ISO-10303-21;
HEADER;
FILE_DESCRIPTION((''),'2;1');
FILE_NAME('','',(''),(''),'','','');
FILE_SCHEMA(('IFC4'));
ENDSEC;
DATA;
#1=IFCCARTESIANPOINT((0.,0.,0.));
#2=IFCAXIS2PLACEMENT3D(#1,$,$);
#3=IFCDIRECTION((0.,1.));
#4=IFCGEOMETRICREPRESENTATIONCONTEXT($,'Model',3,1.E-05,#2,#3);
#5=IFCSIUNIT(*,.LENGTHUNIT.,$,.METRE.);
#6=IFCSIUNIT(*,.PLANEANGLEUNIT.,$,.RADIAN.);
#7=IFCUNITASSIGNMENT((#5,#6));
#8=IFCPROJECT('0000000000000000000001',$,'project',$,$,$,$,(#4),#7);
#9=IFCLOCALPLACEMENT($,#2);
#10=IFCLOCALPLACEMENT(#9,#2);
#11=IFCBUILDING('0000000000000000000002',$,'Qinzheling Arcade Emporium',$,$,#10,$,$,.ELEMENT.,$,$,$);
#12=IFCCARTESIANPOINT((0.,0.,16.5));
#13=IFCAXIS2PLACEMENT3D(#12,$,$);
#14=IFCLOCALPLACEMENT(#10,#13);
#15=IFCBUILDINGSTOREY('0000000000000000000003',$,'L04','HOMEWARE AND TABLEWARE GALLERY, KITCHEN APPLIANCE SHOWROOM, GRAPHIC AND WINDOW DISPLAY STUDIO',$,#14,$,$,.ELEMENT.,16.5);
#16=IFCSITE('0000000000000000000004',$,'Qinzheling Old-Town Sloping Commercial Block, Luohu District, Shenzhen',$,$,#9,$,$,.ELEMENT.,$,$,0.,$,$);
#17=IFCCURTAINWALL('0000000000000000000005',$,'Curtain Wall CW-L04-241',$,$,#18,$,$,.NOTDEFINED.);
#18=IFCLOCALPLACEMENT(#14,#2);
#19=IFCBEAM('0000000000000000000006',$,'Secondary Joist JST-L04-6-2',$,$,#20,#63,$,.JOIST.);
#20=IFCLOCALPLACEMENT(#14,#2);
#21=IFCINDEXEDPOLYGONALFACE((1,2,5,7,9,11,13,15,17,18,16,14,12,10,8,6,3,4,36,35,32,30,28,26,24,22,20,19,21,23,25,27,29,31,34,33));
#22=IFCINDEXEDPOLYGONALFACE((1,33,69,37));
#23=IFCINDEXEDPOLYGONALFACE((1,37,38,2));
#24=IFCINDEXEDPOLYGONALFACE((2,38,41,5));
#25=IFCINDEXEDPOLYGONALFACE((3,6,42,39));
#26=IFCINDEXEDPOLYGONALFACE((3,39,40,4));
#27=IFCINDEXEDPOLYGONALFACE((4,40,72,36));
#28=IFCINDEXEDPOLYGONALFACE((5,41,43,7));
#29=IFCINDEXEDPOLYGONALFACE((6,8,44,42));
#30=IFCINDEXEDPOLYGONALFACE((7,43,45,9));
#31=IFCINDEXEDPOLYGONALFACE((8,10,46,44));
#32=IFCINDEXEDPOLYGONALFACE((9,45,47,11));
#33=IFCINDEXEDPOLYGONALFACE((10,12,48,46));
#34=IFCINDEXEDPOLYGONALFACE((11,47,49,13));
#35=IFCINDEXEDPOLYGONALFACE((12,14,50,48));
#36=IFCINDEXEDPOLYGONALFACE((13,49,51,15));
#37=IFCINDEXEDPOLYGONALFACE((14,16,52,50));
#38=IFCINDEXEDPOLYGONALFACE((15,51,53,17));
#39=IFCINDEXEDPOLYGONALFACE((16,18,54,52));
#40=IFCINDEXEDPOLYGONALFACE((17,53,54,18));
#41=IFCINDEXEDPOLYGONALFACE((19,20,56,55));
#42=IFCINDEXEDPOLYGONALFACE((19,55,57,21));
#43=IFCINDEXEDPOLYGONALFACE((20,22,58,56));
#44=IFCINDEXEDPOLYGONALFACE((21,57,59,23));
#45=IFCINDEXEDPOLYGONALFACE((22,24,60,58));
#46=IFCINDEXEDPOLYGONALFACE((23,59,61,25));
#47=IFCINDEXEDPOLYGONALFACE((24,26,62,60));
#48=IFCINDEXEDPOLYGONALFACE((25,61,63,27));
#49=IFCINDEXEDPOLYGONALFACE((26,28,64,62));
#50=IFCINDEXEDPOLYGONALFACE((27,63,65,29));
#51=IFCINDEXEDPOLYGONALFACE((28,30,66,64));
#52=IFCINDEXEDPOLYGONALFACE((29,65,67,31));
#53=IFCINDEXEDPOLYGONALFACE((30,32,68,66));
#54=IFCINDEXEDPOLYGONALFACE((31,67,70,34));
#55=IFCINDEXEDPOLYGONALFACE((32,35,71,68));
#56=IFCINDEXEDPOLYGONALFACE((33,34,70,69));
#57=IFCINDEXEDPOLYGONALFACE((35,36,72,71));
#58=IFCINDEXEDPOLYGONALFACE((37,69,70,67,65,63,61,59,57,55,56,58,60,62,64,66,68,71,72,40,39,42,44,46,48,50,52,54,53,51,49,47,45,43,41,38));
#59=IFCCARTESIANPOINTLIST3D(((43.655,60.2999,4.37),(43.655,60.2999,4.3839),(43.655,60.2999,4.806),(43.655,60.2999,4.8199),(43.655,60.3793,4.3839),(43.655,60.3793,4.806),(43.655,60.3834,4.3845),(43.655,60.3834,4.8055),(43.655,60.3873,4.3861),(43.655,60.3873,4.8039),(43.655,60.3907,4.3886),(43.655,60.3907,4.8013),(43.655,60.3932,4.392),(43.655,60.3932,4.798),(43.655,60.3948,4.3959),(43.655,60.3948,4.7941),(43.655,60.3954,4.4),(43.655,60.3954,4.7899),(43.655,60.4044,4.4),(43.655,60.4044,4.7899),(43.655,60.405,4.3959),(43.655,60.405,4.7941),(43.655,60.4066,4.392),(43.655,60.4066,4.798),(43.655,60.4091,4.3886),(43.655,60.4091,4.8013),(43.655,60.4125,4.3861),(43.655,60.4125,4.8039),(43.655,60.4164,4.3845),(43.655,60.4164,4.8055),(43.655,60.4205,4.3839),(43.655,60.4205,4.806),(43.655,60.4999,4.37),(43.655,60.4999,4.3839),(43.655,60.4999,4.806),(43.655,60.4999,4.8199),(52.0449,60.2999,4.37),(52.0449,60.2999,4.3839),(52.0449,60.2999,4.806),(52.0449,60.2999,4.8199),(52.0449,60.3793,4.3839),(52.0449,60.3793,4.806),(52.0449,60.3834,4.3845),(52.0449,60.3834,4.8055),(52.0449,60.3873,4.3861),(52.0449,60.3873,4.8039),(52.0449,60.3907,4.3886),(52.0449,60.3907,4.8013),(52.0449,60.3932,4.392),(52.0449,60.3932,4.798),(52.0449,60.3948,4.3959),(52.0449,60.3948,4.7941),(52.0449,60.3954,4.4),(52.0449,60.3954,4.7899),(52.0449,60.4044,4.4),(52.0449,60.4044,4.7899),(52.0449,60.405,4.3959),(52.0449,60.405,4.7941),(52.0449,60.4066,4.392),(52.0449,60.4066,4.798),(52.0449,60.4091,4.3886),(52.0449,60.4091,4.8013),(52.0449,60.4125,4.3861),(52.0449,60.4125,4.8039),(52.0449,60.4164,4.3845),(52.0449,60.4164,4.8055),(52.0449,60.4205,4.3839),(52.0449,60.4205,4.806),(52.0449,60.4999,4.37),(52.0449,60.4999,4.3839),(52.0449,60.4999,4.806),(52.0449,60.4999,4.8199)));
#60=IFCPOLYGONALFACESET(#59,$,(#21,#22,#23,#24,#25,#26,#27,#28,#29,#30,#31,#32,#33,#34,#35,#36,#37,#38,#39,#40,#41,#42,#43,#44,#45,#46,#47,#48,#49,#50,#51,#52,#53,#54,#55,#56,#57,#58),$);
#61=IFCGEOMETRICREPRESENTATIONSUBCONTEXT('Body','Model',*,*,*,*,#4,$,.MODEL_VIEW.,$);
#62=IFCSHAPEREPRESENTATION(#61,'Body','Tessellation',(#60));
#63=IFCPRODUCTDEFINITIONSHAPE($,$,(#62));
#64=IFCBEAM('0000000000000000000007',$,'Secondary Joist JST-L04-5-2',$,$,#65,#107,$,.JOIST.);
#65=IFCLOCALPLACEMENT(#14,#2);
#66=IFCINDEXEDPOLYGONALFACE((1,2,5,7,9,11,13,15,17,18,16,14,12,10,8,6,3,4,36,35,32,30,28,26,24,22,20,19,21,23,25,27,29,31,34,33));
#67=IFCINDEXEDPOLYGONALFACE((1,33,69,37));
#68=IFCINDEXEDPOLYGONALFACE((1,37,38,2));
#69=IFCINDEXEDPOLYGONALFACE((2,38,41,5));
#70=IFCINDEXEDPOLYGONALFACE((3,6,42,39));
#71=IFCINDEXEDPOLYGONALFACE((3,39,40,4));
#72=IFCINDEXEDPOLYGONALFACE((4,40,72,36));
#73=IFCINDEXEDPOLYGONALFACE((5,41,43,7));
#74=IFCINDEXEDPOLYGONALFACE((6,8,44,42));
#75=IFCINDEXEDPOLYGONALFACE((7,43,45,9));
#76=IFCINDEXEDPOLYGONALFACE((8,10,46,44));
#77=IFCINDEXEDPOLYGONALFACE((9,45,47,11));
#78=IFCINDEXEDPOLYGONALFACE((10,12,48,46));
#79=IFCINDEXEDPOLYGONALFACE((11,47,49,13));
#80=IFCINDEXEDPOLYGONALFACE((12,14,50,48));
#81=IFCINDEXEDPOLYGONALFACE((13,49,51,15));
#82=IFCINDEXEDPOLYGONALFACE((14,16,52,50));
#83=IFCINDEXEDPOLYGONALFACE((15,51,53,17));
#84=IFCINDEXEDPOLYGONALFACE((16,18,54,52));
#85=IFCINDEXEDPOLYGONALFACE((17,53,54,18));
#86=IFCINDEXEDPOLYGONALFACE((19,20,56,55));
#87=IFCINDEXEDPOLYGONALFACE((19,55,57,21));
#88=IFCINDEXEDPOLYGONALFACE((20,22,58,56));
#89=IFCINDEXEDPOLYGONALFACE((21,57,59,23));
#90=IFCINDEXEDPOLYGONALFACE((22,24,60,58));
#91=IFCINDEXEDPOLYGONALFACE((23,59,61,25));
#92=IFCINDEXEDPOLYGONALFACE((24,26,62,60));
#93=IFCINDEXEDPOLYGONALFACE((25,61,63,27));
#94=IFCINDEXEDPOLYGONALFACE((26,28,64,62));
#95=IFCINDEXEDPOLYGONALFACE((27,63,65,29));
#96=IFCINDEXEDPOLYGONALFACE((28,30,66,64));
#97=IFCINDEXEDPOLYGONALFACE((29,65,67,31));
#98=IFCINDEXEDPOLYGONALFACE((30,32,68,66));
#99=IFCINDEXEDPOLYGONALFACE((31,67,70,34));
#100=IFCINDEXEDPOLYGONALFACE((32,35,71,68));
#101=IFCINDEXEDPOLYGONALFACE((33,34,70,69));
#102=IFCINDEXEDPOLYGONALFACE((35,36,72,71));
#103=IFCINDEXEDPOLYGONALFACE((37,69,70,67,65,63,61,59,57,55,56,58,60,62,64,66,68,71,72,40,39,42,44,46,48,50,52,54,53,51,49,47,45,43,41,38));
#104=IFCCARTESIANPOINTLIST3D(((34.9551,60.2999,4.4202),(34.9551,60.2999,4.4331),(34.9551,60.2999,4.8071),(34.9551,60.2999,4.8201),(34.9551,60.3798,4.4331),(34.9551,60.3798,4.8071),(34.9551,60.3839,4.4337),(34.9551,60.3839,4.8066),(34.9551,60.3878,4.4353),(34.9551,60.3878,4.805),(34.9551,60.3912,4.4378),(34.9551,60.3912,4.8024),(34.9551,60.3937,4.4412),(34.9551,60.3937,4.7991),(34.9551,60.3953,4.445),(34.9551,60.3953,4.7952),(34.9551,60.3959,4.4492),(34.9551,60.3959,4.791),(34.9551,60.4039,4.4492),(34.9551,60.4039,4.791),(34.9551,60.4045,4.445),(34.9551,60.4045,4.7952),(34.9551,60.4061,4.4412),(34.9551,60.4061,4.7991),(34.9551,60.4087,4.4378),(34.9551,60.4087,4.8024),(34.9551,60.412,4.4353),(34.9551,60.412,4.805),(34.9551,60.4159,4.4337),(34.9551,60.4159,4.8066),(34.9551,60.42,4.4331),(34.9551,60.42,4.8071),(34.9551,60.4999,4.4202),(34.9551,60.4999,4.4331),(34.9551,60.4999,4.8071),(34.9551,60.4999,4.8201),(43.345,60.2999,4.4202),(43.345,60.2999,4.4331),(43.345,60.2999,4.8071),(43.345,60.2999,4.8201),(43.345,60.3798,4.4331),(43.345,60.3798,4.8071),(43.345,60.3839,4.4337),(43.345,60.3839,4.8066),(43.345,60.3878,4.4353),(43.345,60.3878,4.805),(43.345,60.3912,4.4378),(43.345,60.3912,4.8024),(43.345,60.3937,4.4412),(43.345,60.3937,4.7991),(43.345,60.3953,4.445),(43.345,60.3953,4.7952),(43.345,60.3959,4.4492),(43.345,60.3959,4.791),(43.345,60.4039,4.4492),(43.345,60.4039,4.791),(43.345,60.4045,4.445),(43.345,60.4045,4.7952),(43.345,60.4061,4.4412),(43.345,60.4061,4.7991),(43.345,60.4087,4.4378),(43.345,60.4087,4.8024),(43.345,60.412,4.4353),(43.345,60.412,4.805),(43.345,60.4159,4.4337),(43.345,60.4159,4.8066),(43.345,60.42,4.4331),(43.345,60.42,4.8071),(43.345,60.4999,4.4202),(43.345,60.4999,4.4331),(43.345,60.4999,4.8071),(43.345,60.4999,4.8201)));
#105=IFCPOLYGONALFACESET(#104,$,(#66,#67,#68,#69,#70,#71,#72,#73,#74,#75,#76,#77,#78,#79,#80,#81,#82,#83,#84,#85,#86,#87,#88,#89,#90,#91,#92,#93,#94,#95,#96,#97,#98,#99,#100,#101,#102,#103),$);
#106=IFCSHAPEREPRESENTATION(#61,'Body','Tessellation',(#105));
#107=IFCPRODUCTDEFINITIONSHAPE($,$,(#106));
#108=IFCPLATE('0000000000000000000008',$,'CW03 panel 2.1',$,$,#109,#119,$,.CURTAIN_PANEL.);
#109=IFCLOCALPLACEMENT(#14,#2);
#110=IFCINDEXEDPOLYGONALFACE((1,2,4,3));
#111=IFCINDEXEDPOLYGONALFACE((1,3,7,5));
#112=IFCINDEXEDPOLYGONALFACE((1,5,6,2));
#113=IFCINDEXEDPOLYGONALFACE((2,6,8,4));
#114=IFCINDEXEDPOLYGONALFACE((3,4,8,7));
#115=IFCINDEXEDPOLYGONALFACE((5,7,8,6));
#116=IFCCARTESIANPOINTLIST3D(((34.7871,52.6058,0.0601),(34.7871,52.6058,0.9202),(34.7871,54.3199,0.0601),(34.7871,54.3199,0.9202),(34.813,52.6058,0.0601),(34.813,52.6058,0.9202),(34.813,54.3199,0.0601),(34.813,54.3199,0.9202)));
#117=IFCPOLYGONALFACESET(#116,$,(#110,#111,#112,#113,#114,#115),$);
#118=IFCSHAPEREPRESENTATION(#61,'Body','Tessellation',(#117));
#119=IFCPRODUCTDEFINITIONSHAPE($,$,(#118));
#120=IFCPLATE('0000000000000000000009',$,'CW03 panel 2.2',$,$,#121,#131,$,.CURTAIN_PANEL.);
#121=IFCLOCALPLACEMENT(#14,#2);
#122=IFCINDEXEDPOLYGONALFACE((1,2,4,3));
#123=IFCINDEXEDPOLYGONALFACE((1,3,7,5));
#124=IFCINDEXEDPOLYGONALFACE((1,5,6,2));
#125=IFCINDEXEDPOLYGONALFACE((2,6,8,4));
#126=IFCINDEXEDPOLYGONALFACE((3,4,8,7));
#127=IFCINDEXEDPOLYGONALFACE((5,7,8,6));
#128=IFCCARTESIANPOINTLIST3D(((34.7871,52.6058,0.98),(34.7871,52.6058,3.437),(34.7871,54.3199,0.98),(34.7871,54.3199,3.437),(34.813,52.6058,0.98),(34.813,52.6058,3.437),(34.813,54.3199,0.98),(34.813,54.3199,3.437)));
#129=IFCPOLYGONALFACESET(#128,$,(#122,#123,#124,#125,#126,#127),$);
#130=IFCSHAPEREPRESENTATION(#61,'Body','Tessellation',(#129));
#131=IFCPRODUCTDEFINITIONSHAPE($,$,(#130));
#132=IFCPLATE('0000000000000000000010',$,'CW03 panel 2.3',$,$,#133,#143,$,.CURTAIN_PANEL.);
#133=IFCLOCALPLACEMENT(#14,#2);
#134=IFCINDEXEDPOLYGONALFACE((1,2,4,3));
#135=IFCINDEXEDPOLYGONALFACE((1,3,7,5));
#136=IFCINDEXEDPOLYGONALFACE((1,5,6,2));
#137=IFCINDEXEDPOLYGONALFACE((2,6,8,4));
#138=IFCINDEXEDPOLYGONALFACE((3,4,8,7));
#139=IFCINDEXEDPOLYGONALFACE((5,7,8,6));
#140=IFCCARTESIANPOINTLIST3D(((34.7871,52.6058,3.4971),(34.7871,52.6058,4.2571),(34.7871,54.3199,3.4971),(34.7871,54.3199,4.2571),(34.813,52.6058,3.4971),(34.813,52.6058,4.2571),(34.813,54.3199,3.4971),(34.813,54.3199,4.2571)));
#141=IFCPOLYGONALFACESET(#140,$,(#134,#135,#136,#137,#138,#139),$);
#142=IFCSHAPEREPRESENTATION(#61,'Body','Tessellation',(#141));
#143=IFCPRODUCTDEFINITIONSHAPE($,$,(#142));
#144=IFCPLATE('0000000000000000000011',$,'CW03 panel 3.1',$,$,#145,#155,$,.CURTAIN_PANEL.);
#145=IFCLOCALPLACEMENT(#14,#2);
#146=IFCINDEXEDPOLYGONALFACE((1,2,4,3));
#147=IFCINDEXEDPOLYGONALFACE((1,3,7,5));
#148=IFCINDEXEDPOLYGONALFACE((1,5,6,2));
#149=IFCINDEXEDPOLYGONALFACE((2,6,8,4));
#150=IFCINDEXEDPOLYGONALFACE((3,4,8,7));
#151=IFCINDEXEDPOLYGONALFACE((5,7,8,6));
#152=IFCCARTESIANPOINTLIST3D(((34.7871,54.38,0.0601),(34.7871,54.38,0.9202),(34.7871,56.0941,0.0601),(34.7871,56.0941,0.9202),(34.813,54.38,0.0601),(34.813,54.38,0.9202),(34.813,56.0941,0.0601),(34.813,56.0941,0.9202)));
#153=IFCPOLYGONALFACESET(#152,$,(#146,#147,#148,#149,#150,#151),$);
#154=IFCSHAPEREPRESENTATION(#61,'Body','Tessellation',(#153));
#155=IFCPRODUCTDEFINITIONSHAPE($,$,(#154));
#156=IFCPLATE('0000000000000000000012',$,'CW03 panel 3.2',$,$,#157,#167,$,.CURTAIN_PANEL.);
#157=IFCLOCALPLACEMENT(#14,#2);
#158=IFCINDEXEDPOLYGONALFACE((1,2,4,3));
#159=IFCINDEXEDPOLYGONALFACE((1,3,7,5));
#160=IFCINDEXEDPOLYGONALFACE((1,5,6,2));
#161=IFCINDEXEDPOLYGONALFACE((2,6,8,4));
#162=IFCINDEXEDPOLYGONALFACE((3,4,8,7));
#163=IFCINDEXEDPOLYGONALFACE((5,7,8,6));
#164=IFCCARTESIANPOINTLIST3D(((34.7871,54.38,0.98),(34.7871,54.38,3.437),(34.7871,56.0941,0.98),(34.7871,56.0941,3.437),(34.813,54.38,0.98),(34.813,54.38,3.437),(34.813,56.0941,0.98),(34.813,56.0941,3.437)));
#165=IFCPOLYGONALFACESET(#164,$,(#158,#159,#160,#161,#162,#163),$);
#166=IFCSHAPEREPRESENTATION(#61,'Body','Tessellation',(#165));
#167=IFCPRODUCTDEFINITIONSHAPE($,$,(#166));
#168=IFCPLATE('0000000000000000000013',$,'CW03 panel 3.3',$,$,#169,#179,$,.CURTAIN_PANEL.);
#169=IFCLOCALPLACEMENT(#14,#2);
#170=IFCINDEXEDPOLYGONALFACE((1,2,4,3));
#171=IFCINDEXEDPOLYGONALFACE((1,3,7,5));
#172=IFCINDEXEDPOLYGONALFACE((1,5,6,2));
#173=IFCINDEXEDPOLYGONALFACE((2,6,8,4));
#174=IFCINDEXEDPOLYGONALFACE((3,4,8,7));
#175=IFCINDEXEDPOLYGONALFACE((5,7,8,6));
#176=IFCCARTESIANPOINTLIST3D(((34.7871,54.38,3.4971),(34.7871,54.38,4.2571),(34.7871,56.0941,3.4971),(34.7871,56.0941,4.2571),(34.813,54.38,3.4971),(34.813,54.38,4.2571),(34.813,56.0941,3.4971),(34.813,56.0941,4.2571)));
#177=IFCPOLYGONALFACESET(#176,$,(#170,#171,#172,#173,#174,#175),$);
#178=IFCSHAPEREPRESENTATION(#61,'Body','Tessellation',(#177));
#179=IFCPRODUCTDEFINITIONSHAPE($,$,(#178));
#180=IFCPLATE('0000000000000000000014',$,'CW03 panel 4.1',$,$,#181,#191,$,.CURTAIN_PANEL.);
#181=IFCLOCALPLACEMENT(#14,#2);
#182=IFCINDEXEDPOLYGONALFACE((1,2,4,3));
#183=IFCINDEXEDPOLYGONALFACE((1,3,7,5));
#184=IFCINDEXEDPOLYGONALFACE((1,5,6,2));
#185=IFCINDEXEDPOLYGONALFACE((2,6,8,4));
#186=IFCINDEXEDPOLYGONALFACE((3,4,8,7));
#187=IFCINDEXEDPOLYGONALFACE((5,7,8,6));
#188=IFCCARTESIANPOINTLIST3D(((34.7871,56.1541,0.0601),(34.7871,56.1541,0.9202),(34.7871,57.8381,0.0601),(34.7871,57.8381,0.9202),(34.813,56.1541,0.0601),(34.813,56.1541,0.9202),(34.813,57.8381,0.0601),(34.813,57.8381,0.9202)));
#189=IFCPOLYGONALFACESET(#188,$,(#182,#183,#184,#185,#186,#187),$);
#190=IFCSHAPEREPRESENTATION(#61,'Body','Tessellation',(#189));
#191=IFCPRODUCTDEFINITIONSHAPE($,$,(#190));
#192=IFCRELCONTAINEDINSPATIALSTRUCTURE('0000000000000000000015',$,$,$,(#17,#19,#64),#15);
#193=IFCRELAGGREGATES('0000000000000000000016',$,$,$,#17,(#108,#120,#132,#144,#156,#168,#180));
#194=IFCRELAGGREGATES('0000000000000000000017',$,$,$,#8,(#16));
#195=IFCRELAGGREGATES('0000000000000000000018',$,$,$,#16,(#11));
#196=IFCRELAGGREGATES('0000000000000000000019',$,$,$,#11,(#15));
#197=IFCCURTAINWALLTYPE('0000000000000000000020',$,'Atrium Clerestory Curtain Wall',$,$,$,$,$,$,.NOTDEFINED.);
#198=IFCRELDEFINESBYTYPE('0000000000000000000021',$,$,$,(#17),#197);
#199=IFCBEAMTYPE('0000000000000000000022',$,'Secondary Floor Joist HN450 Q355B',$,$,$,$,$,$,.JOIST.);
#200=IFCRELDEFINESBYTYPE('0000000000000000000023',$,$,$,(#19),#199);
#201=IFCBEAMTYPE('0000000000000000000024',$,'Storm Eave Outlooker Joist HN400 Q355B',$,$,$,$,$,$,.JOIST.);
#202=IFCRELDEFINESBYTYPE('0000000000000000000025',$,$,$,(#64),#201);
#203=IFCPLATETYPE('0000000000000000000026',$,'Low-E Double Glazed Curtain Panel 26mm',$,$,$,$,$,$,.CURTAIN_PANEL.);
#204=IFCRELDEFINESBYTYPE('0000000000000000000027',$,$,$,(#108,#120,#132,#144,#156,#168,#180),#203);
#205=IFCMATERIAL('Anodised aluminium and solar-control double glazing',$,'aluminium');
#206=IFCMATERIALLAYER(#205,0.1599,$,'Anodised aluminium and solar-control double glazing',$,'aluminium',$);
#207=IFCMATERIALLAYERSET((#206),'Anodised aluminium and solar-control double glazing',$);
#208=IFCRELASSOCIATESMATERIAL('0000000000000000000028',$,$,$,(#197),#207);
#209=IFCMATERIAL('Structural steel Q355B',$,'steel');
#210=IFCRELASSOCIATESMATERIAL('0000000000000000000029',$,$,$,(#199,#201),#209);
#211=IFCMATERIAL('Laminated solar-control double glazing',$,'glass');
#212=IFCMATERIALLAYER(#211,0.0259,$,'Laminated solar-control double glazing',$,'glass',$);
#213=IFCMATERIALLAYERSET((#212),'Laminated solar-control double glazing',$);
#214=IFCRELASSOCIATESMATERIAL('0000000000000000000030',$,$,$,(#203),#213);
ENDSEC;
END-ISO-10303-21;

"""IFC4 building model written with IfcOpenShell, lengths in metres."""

from ifc_helpers import new_model, si_unit, direction, frame, origin, origin_2d, place, context, subcontext, project, spatial, rectangle, i_section, extrude, material, layer, layer_set, material_profile, profile_set, type_object, element, aggregate, save


model = new_model("IFC4")

# Units and contexts
model_context = context("Model", 3, precision=1e-05, world=origin(), true_north=direction((0.0, 1.0)))
body_context = subcontext(model_context, "Body", "Model", "MODEL_VIEW")
ifc_project = project(units=[si_unit("LENGTHUNIT", "METRE"), si_unit("PLANEANGLEUNIT", "RADIAN")], contexts=[model_context])

# Site, building, storey
site_placement = place(None, origin())
site = spatial("IfcSite", under=ifc_project, at=site_placement, Name="Qinzheling Old-Town Sloping Commercial Block, Luohu District, Shenzhen", CompositionType="ELEMENT", RefElevation=0.0)
building_placement = place(site_placement, origin())
building = spatial("IfcBuilding", under=site, at=building_placement, Name="Qinzheling Arcade Emporium", CompositionType="ELEMENT")
storey_placement = place(building_placement, frame((0.0, 0.0, 16.5)))
storey = spatial("IfcBuildingStorey", under=building, at=storey_placement, Name="L04", Description="HOMEWARE AND TABLEWARE GALLERY, KITCHEN APPLIANCE SHOWROOM, GRAPHIC AND WINDOW DISPLAY STUDIO", CompositionType="ELEMENT", Elevation=16.5)

# Shared definitions
ifc_material_1 = material(Name="Structural steel Q355B", Category="steel")

# Curtain wall
ifc_material_2 = material(Name="Anodised aluminium and solar-control double glazing", Category="aluminium")
ifc_layer_1 = layer(ifc_material_2, 0.1599, Name="Anodised aluminium and solar-control double glazing", Category="aluminium")
ifc_layer_set_1 = layer_set([ifc_layer_1], Name="Anodised aluminium and solar-control double glazing")
curtain_wall_type = type_object("IfcCurtainWallType", Name="Atrium Clerestory Curtain Wall", PredefinedType="NOTDEFINED", material=ifc_layer_set_1)
curtain_wall_1_placement = place(storey_placement, origin())
curtain_wall_1 = element("IfcCurtainWall", 1, at=curtain_wall_1_placement, inside=storey, type_object=curtain_wall_type, Name="Curtain Wall CW-L04-241", PredefinedType="NOTDEFINED")

# Beams
ifc_material_profile_1 = material_profile(ifc_material_1, i_section(OverallWidth=0.2, OverallDepth=0.45, WebThickness=0.009, FlangeThickness=0.0139, FilletRadius=0.0161, at=origin_2d()), Name="HN 450x200x9x14", Category="steel")
ifc_profile_set_1 = profile_set([ifc_material_profile_1], Name="Structural steel Q355B")
beam_type_1 = type_object("IfcBeamType", Name="Secondary Floor Joist HN450 Q355B", PredefinedType="JOIST", material=ifc_profile_set_1)
for number, where, z_axis, x_axis, name in (
    (2, (43.655, 60.3999, 4.595), (1.0, 0.0, 0.0), (0.0, 1.0, 0.0), "Secondary Joist JST-L04-6-2"),
):
    element("IfcBeam", number, at=place(storey_placement, frame(where, z_axis=z_axis, x_axis=x_axis)), inside=storey, type_object=beam_type_1, Name=name, PredefinedType="JOIST", context=body_context, shape_type="SweptSolid", body=[
        extrude(i_section(OverallWidth=0.2, OverallDepth=0.45, WebThickness=0.009, FlangeThickness=0.0139, FilletRadius=0.0161, at=origin_2d()), origin(), (0.0, 0.0, 1.0), 8.3899),
    ])
ifc_material_profile_2 = material_profile(ifc_material_1, i_section(OverallWidth=0.2, OverallDepth=0.3999, WebThickness=0.0081, FlangeThickness=0.0129, FilletRadius=0.0161, at=origin_2d()), Name="HN 400x200x8x13", Category="steel")
ifc_profile_set_2 = profile_set([ifc_material_profile_2], Name="Structural steel Q355B")
beam_type_2 = type_object("IfcBeamType", Name="Storm Eave Outlooker Joist HN400 Q355B", PredefinedType="JOIST", material=ifc_profile_set_2)
beam_1_placement = place(storey_placement, frame((34.9551, 60.3999, 4.6201), z_axis=(1.0, 0.0, 0.0), x_axis=(0.0, 1.0, 0.0)))
element("IfcBeam", 3, at=beam_1_placement, inside=storey, type_object=beam_type_2, Name="Secondary Joist JST-L04-5-2", PredefinedType="JOIST", context=body_context, shape_type="SweptSolid", body=[
    extrude(i_section(OverallWidth=0.2, OverallDepth=0.3999, WebThickness=0.0081, FlangeThickness=0.0129, FilletRadius=0.0161, at=origin_2d()), origin(), (0.0, 0.0, 1.0), 8.3899),
])

# Plates
ifc_material_3 = material(Name="Laminated solar-control double glazing", Category="glass")
ifc_layer_2 = layer(ifc_material_3, 0.0259, Name="Laminated solar-control double glazing", Category="glass")
ifc_layer_set_2 = layer_set([ifc_layer_2], Name="Laminated solar-control double glazing")
plate_type_1 = type_object("IfcPlateType", Name="Low-E Double Glazed Curtain Panel 26mm", PredefinedType="CURTAIN_PANEL", material=ifc_layer_set_2)
plate_1_placement = place(storey_placement, frame((34.8, 53.4629, 0.0601), z_axis=(0.0, 0.0, 1.0), x_axis=(0.0, 1.0, 0.0)))
plate_1 = element("IfcPlate", 4, at=plate_1_placement, type_object=plate_type_1, Name="CW03 panel 2.1", PredefinedType="CURTAIN_PANEL", context=body_context, shape_type="SweptSolid", body=[
    extrude(rectangle(XDim=1.7141, YDim=0.0259, at=origin_2d()), origin(), (0.0, 0.0, 1.0), 0.8601),
])
plate_2_placement = place(storey_placement, frame((34.8, 53.4629, 0.98), z_axis=(0.0, 0.0, 1.0), x_axis=(0.0, 1.0, 0.0)))
plate_2 = element("IfcPlate", 5, at=plate_2_placement, type_object=plate_type_1, Name="CW03 panel 2.2", PredefinedType="CURTAIN_PANEL", context=body_context, shape_type="SweptSolid", body=[
    extrude(rectangle(XDim=1.7141, YDim=0.0259, at=origin_2d()), origin(), (0.0, 0.0, 1.0), 2.457),
])
plate_3_placement = place(storey_placement, frame((34.8, 53.4629, 3.4971), z_axis=(0.0, 0.0, 1.0), x_axis=(0.0, 1.0, 0.0)))
plate_3 = element("IfcPlate", 6, at=plate_3_placement, type_object=plate_type_1, Name="CW03 panel 2.3", PredefinedType="CURTAIN_PANEL", context=body_context, shape_type="SweptSolid", body=[
    extrude(rectangle(XDim=1.7141, YDim=0.0259, at=origin_2d()), origin(), (0.0, 0.0, 1.0), 0.76),
])
plate_4_placement = place(storey_placement, frame((34.8, 55.2371, 0.0601), z_axis=(0.0, 0.0, 1.0), x_axis=(0.0, 1.0, 0.0)))
plate_4 = element("IfcPlate", 7, at=plate_4_placement, type_object=plate_type_1, Name="CW03 panel 3.1", PredefinedType="CURTAIN_PANEL", context=body_context, shape_type="SweptSolid", body=[
    extrude(rectangle(XDim=1.7141, YDim=0.0259, at=origin_2d()), origin(), (0.0, 0.0, 1.0), 0.8601),
])
plate_5_placement = place(storey_placement, frame((34.8, 55.2371, 0.98), z_axis=(0.0, 0.0, 1.0), x_axis=(0.0, 1.0, 0.0)))
plate_5 = element("IfcPlate", 8, at=plate_5_placement, type_object=plate_type_1, Name="CW03 panel 3.2", PredefinedType="CURTAIN_PANEL", context=body_context, shape_type="SweptSolid", body=[
    extrude(rectangle(XDim=1.7141, YDim=0.0259, at=origin_2d()), origin(), (0.0, 0.0, 1.0), 2.457),
])
plate_6_placement = place(storey_placement, frame((34.8, 55.2371, 3.4971), z_axis=(0.0, 0.0, 1.0), x_axis=(0.0, 1.0, 0.0)))
plate_6 = element("IfcPlate", 9, at=plate_6_placement, type_object=plate_type_1, Name="CW03 panel 3.3", PredefinedType="CURTAIN_PANEL", context=body_context, shape_type="SweptSolid", body=[
    extrude(rectangle(XDim=1.7141, YDim=0.0259, at=origin_2d()), origin(), (0.0, 0.0, 1.0), 0.76),
])
plate_7_placement = place(storey_placement, frame((34.8, 56.9961, 0.0601), z_axis=(0.0, 0.0, 1.0), x_axis=(0.0, 1.0, 0.0)))
plate_7 = element("IfcPlate", 10, at=plate_7_placement, type_object=plate_type_1, Name="CW03 panel 4.1", PredefinedType="CURTAIN_PANEL", context=body_context, shape_type="SweptSolid", body=[
    extrude(rectangle(XDim=1.6841, YDim=0.0259, at=origin_2d()), origin(), (0.0, 0.0, 1.0), 0.8601),
])
aggregate(curtain_wall_1, [plate_1, plate_2, plate_3, plate_4, plate_5, plate_6, plate_7])

save(model, "model.ifc")
